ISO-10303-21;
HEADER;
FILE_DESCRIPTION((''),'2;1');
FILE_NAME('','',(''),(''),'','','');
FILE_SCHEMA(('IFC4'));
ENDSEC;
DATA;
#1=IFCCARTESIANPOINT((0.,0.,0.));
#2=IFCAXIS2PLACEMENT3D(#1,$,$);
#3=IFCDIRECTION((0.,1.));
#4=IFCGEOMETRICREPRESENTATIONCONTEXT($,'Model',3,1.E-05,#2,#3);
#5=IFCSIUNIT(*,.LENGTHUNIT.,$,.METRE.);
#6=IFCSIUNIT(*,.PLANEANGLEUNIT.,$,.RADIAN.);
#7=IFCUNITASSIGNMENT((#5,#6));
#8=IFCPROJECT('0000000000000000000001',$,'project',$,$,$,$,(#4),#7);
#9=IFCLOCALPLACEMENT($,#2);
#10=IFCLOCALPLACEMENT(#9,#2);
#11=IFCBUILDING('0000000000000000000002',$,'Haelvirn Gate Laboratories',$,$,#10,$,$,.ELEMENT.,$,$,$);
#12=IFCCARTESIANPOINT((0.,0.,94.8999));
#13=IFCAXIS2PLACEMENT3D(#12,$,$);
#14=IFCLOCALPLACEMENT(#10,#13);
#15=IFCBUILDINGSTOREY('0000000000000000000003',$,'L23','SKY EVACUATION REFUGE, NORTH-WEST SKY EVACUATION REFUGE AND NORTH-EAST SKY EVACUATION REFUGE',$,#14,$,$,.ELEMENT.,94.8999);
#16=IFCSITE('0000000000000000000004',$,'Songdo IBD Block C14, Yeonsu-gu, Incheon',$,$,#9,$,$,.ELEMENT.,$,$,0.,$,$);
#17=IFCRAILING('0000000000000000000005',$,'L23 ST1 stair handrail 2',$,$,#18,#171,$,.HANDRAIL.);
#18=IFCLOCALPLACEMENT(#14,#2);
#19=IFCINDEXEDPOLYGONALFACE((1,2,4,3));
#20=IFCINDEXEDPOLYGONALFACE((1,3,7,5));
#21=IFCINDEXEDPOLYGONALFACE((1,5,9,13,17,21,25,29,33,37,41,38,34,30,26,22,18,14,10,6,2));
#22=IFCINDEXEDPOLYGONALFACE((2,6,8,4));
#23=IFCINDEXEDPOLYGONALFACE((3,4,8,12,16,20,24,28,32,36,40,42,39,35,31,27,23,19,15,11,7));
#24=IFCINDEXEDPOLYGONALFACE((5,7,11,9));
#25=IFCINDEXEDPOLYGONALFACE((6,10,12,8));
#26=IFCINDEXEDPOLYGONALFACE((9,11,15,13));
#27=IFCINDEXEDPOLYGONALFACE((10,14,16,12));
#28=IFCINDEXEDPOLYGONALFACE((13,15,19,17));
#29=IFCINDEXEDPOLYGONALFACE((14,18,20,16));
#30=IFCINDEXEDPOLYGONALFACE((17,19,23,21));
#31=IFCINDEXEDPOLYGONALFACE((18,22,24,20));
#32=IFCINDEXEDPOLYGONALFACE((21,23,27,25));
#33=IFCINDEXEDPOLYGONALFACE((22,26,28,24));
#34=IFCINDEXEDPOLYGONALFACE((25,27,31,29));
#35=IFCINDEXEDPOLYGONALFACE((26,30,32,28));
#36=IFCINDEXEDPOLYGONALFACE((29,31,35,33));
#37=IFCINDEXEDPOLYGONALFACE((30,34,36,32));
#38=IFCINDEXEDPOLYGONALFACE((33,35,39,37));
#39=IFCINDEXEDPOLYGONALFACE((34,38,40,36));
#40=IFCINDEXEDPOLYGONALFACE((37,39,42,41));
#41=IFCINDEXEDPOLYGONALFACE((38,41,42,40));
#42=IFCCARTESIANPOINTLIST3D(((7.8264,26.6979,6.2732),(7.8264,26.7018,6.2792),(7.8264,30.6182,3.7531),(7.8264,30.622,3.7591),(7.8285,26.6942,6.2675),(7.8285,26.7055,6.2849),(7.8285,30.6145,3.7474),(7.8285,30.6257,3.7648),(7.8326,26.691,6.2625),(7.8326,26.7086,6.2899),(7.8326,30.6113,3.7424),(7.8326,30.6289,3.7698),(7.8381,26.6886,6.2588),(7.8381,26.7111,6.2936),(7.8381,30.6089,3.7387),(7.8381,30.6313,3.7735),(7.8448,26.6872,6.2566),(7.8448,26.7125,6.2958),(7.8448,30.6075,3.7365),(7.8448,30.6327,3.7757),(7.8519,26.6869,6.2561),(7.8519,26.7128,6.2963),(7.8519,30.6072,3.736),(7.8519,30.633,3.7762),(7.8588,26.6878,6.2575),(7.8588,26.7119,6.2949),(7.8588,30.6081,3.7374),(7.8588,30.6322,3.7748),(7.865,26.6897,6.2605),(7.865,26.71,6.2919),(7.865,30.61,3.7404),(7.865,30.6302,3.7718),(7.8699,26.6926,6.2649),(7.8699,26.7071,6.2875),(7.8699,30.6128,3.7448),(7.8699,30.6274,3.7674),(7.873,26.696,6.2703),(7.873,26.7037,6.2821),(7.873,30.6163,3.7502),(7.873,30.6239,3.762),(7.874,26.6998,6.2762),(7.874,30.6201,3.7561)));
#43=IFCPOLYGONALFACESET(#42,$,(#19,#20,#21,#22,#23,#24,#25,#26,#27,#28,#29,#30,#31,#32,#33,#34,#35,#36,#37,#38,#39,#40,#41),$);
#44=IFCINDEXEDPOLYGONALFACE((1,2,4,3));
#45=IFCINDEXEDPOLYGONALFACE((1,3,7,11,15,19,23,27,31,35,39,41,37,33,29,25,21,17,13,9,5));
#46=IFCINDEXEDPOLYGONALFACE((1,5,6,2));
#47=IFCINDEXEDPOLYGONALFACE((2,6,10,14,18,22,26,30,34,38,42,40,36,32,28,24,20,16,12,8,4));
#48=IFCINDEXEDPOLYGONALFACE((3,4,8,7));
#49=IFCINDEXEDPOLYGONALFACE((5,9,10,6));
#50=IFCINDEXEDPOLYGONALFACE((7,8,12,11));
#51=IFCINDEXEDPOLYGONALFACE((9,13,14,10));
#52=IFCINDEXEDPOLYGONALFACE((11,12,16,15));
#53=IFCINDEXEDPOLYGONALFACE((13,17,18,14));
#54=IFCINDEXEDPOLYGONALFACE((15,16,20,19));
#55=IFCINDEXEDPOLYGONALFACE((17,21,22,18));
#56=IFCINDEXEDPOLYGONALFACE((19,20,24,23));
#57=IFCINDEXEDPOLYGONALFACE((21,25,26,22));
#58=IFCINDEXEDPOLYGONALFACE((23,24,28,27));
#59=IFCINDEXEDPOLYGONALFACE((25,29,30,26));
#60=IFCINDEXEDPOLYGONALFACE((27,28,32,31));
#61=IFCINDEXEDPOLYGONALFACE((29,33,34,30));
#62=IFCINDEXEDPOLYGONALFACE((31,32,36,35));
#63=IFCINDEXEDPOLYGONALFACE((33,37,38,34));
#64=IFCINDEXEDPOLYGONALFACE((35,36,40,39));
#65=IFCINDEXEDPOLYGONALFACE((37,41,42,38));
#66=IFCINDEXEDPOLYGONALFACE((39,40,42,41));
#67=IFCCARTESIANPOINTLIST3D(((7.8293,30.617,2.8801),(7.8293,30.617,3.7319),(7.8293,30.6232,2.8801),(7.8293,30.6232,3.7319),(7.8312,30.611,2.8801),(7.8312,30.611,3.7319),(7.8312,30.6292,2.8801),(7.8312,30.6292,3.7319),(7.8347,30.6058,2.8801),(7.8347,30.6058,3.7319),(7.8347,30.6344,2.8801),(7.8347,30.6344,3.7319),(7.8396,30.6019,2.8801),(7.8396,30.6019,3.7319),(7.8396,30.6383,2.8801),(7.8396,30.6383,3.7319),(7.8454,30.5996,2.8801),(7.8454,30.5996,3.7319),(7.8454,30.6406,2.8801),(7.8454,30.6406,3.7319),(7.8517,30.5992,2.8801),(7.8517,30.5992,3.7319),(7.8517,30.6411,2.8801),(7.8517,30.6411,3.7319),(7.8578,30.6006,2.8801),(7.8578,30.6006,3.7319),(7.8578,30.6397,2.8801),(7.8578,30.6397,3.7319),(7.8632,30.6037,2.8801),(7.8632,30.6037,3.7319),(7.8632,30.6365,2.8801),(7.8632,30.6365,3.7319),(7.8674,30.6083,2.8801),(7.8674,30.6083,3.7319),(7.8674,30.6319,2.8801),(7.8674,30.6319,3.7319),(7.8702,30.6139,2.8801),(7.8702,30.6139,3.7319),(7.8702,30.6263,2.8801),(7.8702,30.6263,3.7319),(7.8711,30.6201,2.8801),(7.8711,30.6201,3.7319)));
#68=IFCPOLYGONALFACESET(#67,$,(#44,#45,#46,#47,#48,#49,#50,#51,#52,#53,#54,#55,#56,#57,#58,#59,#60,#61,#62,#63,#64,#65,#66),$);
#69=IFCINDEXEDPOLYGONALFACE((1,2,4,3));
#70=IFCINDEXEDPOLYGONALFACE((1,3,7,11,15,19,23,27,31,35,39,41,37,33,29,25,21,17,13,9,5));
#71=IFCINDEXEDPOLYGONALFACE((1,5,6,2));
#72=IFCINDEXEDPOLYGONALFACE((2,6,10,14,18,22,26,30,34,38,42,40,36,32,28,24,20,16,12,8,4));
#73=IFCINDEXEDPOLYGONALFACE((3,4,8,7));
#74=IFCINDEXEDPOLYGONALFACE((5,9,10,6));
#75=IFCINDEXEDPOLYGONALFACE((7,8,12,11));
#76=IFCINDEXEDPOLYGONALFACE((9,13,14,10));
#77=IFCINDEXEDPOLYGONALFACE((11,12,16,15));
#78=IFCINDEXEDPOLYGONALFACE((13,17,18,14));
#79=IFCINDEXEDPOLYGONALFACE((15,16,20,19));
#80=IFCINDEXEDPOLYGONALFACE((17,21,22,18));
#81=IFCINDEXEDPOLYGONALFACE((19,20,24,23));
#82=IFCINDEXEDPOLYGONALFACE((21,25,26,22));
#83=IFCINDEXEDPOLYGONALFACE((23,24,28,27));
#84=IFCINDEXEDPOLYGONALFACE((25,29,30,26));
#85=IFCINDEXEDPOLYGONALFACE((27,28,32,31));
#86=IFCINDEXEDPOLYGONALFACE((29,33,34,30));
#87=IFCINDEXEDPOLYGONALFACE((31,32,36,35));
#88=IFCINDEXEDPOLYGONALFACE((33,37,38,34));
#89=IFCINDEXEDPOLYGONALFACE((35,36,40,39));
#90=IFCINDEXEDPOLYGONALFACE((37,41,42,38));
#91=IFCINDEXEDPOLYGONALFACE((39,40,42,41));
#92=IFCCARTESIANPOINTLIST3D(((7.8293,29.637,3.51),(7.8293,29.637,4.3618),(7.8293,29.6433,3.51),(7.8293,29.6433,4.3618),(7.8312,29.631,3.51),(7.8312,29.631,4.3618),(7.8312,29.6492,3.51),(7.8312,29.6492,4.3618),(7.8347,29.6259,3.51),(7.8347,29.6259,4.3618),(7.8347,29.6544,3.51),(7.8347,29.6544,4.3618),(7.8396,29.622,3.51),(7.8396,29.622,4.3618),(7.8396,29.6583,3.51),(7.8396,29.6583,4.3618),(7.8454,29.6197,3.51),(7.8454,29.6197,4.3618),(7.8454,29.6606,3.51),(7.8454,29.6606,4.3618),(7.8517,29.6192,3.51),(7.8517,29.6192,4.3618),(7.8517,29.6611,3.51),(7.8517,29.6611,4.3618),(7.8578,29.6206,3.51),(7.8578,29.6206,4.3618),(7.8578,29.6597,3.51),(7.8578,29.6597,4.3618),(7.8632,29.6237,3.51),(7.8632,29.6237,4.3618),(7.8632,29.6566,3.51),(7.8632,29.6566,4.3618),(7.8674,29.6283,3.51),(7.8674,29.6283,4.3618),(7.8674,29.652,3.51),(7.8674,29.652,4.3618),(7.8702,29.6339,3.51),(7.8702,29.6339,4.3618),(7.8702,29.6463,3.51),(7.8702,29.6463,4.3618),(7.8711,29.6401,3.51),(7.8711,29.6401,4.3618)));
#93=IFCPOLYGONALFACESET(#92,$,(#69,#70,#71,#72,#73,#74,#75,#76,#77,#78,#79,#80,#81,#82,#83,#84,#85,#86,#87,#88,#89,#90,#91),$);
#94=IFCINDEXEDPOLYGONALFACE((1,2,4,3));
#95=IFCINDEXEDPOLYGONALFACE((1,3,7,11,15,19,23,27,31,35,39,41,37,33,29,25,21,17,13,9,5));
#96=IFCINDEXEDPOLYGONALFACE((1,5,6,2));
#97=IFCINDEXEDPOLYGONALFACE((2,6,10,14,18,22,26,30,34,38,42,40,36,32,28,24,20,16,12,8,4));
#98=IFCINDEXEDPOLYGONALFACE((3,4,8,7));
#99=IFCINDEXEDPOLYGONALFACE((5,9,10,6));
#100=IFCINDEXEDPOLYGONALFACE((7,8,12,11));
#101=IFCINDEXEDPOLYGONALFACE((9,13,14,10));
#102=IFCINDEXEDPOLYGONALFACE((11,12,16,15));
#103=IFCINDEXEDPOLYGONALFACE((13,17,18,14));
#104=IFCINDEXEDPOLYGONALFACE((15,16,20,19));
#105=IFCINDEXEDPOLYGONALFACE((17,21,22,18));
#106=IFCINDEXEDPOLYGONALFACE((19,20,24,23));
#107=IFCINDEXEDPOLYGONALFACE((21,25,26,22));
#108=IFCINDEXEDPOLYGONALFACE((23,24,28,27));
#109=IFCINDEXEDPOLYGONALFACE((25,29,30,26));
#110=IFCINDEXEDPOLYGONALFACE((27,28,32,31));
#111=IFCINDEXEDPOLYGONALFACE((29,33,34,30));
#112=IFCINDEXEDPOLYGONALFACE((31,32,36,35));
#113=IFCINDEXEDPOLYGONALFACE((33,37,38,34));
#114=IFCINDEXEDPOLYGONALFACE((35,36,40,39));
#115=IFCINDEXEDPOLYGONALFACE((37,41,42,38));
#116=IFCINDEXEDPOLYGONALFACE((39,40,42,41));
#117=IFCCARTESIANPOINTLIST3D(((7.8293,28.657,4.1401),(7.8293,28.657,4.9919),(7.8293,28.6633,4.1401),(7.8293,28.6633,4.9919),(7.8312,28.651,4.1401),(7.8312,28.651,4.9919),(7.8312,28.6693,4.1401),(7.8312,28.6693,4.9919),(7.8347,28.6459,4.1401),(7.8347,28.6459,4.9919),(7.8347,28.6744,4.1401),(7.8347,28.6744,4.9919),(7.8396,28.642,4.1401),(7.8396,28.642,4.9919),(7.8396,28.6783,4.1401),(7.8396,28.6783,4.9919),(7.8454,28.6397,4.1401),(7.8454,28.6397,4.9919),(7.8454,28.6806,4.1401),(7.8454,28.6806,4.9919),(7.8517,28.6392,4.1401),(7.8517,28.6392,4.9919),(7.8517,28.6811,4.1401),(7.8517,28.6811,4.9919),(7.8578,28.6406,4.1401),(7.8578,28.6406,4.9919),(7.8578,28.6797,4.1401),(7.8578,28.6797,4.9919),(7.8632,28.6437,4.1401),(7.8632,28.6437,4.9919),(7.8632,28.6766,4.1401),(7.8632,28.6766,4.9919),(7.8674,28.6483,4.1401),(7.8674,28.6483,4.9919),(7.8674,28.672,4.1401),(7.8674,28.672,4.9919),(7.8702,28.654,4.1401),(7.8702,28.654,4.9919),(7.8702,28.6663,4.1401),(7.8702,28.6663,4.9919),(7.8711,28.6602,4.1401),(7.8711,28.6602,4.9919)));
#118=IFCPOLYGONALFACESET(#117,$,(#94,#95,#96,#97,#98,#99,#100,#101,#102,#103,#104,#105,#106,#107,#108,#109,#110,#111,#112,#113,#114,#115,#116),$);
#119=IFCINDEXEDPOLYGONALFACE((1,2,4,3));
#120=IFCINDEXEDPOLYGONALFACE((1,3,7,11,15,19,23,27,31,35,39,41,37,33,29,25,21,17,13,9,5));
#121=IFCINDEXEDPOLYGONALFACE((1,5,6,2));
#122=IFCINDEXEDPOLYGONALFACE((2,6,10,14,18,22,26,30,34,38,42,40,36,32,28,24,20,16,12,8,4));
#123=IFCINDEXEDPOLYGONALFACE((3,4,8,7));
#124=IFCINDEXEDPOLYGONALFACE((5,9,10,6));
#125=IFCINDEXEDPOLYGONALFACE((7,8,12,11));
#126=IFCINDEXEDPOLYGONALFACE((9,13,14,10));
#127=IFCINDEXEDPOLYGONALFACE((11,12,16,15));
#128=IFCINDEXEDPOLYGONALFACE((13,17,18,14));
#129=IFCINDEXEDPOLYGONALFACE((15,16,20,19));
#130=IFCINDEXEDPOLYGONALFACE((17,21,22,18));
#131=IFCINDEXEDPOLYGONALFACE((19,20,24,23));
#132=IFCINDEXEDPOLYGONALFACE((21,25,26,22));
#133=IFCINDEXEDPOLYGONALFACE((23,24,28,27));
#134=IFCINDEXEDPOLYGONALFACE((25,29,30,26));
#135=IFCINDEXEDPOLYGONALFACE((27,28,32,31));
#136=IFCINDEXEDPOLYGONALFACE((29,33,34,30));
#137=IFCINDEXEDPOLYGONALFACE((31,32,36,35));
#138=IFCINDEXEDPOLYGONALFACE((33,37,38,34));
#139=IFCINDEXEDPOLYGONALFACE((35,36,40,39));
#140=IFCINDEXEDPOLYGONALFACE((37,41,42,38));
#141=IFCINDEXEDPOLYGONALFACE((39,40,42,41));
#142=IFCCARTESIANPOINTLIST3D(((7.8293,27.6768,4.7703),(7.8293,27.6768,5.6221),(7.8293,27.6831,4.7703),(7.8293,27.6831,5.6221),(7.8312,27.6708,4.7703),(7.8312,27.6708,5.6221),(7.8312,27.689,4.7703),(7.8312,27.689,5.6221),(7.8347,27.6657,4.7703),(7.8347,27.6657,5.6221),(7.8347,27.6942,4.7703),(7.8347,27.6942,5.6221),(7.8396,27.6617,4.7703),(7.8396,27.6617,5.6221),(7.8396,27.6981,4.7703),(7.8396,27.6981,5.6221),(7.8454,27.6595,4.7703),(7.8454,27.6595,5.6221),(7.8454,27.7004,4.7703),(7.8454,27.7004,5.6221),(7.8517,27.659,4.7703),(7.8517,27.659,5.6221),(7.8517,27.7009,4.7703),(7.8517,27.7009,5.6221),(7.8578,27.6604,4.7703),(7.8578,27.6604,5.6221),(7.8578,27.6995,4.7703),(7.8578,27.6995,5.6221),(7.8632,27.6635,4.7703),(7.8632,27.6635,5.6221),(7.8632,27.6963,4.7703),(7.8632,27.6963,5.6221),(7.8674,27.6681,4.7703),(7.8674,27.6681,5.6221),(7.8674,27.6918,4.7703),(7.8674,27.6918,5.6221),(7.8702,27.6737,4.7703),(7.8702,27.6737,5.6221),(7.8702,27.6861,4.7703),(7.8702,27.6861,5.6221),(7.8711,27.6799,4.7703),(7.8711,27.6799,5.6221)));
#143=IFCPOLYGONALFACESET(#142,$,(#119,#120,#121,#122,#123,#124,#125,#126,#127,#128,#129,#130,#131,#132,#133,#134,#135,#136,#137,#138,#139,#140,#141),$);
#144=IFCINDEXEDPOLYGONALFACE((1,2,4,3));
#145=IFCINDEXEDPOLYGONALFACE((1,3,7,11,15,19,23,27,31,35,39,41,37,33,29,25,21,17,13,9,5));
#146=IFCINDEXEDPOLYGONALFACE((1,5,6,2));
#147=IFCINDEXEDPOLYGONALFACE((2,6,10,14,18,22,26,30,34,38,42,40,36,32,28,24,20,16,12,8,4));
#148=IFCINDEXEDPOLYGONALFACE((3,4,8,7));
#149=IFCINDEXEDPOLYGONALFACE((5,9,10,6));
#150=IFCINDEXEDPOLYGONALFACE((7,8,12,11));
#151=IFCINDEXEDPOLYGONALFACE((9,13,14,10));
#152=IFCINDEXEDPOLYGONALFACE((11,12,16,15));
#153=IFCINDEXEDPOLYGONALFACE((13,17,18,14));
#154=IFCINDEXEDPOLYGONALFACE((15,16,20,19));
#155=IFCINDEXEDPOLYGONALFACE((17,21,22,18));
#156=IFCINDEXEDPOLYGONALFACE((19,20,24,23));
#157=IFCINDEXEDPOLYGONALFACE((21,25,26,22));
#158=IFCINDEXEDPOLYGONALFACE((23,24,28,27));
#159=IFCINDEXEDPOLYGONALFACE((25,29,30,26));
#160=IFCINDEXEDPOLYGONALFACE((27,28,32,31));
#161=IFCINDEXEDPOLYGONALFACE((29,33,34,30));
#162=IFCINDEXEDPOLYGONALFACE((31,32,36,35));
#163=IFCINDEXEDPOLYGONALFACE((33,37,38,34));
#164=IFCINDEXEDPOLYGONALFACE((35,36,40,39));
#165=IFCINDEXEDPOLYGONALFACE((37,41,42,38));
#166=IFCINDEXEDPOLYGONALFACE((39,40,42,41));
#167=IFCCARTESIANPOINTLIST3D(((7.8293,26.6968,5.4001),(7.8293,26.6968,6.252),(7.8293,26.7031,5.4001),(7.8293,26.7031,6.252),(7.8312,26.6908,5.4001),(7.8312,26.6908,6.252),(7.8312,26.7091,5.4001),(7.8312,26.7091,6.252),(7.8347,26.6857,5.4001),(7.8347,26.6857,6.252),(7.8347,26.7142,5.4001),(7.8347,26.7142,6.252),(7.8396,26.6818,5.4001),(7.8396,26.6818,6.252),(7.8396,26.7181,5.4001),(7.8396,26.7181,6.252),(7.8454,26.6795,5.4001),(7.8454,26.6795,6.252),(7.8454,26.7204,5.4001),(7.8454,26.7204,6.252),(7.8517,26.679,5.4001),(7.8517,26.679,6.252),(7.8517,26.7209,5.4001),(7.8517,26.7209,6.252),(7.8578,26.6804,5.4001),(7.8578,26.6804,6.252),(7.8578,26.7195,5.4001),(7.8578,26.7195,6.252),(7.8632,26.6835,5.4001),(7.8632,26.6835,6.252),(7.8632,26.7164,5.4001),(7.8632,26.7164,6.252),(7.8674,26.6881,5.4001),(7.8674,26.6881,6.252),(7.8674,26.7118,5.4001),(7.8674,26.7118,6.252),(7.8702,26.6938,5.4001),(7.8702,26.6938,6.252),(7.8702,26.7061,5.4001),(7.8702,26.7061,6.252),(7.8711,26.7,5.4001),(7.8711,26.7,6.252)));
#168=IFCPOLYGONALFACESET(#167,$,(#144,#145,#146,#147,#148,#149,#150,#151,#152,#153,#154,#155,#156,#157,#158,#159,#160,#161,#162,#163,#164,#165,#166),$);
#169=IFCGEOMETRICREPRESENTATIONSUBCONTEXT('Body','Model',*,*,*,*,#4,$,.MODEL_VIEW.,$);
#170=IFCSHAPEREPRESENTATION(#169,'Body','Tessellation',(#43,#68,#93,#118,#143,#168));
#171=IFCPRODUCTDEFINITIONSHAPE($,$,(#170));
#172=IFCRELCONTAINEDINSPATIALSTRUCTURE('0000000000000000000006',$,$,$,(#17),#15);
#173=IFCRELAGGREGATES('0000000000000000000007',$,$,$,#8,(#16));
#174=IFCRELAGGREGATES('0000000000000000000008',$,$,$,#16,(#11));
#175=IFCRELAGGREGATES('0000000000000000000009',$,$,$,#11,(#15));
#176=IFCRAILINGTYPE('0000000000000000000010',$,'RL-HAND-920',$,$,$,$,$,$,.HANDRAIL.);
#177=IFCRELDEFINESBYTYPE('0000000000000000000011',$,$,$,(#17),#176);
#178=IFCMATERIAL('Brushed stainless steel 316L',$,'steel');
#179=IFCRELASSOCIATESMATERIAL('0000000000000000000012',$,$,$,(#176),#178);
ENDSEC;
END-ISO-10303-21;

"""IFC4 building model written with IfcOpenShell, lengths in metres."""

from ifc_helpers import new_model, si_unit, direction, frame, origin, origin_2d, place, context, subcontext, project, spatial, circle, extrude, source, transform, mapped, material, type_object, element, save


model = new_model("IFC4")

# Units and contexts
model_context = context("Model", 3, precision=1e-05, world=origin(), true_north=direction((0.0, 1.0)))
body_context = subcontext(model_context, "Body", "Model", "MODEL_VIEW")
ifc_project = project(units=[si_unit("LENGTHUNIT", "METRE"), si_unit("PLANEANGLEUNIT", "RADIAN")], contexts=[model_context])

# Site, building, storey
site_placement = place(None, origin())
site = spatial("IfcSite", under=ifc_project, at=site_placement, Name="Songdo IBD Block C14, Yeonsu-gu, Incheon", CompositionType="ELEMENT", RefElevation=0.0)
building_placement = place(site_placement, origin())
building = spatial("IfcBuilding", under=site, at=building_placement, Name="Haelvirn Gate Laboratories", CompositionType="ELEMENT")
storey_placement = place(building_placement, frame((0.0, 0.0, 94.8999)))
storey = spatial("IfcBuildingStorey", under=building, at=storey_placement, Name="L23", Description="SKY EVACUATION REFUGE, NORTH-WEST SKY EVACUATION REFUGE AND NORTH-EAST SKY EVACUATION REFUGE", CompositionType="ELEMENT", Elevation=94.8999)

# Railing
ifc_material_1 = material(Name="Brushed stainless steel 316L", Category="steel")
railing_type_1 = type_object("IfcRailingType", Name="RL-HAND-920", PredefinedType="HANDRAIL", material=ifc_material_1)
shared_shape_1 = source(origin(), body_context, "Body", "SweptSolid", [
    extrude(circle(Radius=0.0239, at=origin_2d()), frame((0.0, 0.0, 0.876), z_axis=(0.0, -0.841187, 0.540744), x_axis=(1.0, 0.0, 0.0)), (0.0, 0.0, 1.0), 4.6604),
    extrude(circle(Radius=0.021, at=origin_2d()), origin(), (0.0, 0.0, 1.0), 0.8518),
    extrude(circle(Radius=0.021, at=origin_2d()), frame((0.0, -0.98, 0.6299)), (0.0, 0.0, 1.0), 0.8518),
    extrude(circle(Radius=0.021, at=origin_2d()), frame((0.0, -1.96, 1.26)), (0.0, 0.0, 1.0), 0.8518),
    extrude(circle(Radius=0.021, at=origin_2d()), frame((0.0, -2.9402, 1.8901)), (0.0, 0.0, 1.0), 0.8518),
    extrude(circle(Radius=0.021, at=origin_2d()), frame((0.0, -3.9202, 2.52)), (0.0, 0.0, 1.0), 0.8518),
])
railing_1_placement = place(storey_placement, frame((7.8501, 30.6201, 2.8801)))
element("IfcRailing", 1, at=railing_1_placement, inside=storey, type_object=railing_type_1, Name="L23 ST1 stair handrail 2", PredefinedType="HANDRAIL", context=body_context, shape_type="MappedRepresentation", body=[
    mapped(shared_shape_1, transform((0.0, 0.0, 0.0), scale=1.0)),
])

save(model, "model.ifc")
